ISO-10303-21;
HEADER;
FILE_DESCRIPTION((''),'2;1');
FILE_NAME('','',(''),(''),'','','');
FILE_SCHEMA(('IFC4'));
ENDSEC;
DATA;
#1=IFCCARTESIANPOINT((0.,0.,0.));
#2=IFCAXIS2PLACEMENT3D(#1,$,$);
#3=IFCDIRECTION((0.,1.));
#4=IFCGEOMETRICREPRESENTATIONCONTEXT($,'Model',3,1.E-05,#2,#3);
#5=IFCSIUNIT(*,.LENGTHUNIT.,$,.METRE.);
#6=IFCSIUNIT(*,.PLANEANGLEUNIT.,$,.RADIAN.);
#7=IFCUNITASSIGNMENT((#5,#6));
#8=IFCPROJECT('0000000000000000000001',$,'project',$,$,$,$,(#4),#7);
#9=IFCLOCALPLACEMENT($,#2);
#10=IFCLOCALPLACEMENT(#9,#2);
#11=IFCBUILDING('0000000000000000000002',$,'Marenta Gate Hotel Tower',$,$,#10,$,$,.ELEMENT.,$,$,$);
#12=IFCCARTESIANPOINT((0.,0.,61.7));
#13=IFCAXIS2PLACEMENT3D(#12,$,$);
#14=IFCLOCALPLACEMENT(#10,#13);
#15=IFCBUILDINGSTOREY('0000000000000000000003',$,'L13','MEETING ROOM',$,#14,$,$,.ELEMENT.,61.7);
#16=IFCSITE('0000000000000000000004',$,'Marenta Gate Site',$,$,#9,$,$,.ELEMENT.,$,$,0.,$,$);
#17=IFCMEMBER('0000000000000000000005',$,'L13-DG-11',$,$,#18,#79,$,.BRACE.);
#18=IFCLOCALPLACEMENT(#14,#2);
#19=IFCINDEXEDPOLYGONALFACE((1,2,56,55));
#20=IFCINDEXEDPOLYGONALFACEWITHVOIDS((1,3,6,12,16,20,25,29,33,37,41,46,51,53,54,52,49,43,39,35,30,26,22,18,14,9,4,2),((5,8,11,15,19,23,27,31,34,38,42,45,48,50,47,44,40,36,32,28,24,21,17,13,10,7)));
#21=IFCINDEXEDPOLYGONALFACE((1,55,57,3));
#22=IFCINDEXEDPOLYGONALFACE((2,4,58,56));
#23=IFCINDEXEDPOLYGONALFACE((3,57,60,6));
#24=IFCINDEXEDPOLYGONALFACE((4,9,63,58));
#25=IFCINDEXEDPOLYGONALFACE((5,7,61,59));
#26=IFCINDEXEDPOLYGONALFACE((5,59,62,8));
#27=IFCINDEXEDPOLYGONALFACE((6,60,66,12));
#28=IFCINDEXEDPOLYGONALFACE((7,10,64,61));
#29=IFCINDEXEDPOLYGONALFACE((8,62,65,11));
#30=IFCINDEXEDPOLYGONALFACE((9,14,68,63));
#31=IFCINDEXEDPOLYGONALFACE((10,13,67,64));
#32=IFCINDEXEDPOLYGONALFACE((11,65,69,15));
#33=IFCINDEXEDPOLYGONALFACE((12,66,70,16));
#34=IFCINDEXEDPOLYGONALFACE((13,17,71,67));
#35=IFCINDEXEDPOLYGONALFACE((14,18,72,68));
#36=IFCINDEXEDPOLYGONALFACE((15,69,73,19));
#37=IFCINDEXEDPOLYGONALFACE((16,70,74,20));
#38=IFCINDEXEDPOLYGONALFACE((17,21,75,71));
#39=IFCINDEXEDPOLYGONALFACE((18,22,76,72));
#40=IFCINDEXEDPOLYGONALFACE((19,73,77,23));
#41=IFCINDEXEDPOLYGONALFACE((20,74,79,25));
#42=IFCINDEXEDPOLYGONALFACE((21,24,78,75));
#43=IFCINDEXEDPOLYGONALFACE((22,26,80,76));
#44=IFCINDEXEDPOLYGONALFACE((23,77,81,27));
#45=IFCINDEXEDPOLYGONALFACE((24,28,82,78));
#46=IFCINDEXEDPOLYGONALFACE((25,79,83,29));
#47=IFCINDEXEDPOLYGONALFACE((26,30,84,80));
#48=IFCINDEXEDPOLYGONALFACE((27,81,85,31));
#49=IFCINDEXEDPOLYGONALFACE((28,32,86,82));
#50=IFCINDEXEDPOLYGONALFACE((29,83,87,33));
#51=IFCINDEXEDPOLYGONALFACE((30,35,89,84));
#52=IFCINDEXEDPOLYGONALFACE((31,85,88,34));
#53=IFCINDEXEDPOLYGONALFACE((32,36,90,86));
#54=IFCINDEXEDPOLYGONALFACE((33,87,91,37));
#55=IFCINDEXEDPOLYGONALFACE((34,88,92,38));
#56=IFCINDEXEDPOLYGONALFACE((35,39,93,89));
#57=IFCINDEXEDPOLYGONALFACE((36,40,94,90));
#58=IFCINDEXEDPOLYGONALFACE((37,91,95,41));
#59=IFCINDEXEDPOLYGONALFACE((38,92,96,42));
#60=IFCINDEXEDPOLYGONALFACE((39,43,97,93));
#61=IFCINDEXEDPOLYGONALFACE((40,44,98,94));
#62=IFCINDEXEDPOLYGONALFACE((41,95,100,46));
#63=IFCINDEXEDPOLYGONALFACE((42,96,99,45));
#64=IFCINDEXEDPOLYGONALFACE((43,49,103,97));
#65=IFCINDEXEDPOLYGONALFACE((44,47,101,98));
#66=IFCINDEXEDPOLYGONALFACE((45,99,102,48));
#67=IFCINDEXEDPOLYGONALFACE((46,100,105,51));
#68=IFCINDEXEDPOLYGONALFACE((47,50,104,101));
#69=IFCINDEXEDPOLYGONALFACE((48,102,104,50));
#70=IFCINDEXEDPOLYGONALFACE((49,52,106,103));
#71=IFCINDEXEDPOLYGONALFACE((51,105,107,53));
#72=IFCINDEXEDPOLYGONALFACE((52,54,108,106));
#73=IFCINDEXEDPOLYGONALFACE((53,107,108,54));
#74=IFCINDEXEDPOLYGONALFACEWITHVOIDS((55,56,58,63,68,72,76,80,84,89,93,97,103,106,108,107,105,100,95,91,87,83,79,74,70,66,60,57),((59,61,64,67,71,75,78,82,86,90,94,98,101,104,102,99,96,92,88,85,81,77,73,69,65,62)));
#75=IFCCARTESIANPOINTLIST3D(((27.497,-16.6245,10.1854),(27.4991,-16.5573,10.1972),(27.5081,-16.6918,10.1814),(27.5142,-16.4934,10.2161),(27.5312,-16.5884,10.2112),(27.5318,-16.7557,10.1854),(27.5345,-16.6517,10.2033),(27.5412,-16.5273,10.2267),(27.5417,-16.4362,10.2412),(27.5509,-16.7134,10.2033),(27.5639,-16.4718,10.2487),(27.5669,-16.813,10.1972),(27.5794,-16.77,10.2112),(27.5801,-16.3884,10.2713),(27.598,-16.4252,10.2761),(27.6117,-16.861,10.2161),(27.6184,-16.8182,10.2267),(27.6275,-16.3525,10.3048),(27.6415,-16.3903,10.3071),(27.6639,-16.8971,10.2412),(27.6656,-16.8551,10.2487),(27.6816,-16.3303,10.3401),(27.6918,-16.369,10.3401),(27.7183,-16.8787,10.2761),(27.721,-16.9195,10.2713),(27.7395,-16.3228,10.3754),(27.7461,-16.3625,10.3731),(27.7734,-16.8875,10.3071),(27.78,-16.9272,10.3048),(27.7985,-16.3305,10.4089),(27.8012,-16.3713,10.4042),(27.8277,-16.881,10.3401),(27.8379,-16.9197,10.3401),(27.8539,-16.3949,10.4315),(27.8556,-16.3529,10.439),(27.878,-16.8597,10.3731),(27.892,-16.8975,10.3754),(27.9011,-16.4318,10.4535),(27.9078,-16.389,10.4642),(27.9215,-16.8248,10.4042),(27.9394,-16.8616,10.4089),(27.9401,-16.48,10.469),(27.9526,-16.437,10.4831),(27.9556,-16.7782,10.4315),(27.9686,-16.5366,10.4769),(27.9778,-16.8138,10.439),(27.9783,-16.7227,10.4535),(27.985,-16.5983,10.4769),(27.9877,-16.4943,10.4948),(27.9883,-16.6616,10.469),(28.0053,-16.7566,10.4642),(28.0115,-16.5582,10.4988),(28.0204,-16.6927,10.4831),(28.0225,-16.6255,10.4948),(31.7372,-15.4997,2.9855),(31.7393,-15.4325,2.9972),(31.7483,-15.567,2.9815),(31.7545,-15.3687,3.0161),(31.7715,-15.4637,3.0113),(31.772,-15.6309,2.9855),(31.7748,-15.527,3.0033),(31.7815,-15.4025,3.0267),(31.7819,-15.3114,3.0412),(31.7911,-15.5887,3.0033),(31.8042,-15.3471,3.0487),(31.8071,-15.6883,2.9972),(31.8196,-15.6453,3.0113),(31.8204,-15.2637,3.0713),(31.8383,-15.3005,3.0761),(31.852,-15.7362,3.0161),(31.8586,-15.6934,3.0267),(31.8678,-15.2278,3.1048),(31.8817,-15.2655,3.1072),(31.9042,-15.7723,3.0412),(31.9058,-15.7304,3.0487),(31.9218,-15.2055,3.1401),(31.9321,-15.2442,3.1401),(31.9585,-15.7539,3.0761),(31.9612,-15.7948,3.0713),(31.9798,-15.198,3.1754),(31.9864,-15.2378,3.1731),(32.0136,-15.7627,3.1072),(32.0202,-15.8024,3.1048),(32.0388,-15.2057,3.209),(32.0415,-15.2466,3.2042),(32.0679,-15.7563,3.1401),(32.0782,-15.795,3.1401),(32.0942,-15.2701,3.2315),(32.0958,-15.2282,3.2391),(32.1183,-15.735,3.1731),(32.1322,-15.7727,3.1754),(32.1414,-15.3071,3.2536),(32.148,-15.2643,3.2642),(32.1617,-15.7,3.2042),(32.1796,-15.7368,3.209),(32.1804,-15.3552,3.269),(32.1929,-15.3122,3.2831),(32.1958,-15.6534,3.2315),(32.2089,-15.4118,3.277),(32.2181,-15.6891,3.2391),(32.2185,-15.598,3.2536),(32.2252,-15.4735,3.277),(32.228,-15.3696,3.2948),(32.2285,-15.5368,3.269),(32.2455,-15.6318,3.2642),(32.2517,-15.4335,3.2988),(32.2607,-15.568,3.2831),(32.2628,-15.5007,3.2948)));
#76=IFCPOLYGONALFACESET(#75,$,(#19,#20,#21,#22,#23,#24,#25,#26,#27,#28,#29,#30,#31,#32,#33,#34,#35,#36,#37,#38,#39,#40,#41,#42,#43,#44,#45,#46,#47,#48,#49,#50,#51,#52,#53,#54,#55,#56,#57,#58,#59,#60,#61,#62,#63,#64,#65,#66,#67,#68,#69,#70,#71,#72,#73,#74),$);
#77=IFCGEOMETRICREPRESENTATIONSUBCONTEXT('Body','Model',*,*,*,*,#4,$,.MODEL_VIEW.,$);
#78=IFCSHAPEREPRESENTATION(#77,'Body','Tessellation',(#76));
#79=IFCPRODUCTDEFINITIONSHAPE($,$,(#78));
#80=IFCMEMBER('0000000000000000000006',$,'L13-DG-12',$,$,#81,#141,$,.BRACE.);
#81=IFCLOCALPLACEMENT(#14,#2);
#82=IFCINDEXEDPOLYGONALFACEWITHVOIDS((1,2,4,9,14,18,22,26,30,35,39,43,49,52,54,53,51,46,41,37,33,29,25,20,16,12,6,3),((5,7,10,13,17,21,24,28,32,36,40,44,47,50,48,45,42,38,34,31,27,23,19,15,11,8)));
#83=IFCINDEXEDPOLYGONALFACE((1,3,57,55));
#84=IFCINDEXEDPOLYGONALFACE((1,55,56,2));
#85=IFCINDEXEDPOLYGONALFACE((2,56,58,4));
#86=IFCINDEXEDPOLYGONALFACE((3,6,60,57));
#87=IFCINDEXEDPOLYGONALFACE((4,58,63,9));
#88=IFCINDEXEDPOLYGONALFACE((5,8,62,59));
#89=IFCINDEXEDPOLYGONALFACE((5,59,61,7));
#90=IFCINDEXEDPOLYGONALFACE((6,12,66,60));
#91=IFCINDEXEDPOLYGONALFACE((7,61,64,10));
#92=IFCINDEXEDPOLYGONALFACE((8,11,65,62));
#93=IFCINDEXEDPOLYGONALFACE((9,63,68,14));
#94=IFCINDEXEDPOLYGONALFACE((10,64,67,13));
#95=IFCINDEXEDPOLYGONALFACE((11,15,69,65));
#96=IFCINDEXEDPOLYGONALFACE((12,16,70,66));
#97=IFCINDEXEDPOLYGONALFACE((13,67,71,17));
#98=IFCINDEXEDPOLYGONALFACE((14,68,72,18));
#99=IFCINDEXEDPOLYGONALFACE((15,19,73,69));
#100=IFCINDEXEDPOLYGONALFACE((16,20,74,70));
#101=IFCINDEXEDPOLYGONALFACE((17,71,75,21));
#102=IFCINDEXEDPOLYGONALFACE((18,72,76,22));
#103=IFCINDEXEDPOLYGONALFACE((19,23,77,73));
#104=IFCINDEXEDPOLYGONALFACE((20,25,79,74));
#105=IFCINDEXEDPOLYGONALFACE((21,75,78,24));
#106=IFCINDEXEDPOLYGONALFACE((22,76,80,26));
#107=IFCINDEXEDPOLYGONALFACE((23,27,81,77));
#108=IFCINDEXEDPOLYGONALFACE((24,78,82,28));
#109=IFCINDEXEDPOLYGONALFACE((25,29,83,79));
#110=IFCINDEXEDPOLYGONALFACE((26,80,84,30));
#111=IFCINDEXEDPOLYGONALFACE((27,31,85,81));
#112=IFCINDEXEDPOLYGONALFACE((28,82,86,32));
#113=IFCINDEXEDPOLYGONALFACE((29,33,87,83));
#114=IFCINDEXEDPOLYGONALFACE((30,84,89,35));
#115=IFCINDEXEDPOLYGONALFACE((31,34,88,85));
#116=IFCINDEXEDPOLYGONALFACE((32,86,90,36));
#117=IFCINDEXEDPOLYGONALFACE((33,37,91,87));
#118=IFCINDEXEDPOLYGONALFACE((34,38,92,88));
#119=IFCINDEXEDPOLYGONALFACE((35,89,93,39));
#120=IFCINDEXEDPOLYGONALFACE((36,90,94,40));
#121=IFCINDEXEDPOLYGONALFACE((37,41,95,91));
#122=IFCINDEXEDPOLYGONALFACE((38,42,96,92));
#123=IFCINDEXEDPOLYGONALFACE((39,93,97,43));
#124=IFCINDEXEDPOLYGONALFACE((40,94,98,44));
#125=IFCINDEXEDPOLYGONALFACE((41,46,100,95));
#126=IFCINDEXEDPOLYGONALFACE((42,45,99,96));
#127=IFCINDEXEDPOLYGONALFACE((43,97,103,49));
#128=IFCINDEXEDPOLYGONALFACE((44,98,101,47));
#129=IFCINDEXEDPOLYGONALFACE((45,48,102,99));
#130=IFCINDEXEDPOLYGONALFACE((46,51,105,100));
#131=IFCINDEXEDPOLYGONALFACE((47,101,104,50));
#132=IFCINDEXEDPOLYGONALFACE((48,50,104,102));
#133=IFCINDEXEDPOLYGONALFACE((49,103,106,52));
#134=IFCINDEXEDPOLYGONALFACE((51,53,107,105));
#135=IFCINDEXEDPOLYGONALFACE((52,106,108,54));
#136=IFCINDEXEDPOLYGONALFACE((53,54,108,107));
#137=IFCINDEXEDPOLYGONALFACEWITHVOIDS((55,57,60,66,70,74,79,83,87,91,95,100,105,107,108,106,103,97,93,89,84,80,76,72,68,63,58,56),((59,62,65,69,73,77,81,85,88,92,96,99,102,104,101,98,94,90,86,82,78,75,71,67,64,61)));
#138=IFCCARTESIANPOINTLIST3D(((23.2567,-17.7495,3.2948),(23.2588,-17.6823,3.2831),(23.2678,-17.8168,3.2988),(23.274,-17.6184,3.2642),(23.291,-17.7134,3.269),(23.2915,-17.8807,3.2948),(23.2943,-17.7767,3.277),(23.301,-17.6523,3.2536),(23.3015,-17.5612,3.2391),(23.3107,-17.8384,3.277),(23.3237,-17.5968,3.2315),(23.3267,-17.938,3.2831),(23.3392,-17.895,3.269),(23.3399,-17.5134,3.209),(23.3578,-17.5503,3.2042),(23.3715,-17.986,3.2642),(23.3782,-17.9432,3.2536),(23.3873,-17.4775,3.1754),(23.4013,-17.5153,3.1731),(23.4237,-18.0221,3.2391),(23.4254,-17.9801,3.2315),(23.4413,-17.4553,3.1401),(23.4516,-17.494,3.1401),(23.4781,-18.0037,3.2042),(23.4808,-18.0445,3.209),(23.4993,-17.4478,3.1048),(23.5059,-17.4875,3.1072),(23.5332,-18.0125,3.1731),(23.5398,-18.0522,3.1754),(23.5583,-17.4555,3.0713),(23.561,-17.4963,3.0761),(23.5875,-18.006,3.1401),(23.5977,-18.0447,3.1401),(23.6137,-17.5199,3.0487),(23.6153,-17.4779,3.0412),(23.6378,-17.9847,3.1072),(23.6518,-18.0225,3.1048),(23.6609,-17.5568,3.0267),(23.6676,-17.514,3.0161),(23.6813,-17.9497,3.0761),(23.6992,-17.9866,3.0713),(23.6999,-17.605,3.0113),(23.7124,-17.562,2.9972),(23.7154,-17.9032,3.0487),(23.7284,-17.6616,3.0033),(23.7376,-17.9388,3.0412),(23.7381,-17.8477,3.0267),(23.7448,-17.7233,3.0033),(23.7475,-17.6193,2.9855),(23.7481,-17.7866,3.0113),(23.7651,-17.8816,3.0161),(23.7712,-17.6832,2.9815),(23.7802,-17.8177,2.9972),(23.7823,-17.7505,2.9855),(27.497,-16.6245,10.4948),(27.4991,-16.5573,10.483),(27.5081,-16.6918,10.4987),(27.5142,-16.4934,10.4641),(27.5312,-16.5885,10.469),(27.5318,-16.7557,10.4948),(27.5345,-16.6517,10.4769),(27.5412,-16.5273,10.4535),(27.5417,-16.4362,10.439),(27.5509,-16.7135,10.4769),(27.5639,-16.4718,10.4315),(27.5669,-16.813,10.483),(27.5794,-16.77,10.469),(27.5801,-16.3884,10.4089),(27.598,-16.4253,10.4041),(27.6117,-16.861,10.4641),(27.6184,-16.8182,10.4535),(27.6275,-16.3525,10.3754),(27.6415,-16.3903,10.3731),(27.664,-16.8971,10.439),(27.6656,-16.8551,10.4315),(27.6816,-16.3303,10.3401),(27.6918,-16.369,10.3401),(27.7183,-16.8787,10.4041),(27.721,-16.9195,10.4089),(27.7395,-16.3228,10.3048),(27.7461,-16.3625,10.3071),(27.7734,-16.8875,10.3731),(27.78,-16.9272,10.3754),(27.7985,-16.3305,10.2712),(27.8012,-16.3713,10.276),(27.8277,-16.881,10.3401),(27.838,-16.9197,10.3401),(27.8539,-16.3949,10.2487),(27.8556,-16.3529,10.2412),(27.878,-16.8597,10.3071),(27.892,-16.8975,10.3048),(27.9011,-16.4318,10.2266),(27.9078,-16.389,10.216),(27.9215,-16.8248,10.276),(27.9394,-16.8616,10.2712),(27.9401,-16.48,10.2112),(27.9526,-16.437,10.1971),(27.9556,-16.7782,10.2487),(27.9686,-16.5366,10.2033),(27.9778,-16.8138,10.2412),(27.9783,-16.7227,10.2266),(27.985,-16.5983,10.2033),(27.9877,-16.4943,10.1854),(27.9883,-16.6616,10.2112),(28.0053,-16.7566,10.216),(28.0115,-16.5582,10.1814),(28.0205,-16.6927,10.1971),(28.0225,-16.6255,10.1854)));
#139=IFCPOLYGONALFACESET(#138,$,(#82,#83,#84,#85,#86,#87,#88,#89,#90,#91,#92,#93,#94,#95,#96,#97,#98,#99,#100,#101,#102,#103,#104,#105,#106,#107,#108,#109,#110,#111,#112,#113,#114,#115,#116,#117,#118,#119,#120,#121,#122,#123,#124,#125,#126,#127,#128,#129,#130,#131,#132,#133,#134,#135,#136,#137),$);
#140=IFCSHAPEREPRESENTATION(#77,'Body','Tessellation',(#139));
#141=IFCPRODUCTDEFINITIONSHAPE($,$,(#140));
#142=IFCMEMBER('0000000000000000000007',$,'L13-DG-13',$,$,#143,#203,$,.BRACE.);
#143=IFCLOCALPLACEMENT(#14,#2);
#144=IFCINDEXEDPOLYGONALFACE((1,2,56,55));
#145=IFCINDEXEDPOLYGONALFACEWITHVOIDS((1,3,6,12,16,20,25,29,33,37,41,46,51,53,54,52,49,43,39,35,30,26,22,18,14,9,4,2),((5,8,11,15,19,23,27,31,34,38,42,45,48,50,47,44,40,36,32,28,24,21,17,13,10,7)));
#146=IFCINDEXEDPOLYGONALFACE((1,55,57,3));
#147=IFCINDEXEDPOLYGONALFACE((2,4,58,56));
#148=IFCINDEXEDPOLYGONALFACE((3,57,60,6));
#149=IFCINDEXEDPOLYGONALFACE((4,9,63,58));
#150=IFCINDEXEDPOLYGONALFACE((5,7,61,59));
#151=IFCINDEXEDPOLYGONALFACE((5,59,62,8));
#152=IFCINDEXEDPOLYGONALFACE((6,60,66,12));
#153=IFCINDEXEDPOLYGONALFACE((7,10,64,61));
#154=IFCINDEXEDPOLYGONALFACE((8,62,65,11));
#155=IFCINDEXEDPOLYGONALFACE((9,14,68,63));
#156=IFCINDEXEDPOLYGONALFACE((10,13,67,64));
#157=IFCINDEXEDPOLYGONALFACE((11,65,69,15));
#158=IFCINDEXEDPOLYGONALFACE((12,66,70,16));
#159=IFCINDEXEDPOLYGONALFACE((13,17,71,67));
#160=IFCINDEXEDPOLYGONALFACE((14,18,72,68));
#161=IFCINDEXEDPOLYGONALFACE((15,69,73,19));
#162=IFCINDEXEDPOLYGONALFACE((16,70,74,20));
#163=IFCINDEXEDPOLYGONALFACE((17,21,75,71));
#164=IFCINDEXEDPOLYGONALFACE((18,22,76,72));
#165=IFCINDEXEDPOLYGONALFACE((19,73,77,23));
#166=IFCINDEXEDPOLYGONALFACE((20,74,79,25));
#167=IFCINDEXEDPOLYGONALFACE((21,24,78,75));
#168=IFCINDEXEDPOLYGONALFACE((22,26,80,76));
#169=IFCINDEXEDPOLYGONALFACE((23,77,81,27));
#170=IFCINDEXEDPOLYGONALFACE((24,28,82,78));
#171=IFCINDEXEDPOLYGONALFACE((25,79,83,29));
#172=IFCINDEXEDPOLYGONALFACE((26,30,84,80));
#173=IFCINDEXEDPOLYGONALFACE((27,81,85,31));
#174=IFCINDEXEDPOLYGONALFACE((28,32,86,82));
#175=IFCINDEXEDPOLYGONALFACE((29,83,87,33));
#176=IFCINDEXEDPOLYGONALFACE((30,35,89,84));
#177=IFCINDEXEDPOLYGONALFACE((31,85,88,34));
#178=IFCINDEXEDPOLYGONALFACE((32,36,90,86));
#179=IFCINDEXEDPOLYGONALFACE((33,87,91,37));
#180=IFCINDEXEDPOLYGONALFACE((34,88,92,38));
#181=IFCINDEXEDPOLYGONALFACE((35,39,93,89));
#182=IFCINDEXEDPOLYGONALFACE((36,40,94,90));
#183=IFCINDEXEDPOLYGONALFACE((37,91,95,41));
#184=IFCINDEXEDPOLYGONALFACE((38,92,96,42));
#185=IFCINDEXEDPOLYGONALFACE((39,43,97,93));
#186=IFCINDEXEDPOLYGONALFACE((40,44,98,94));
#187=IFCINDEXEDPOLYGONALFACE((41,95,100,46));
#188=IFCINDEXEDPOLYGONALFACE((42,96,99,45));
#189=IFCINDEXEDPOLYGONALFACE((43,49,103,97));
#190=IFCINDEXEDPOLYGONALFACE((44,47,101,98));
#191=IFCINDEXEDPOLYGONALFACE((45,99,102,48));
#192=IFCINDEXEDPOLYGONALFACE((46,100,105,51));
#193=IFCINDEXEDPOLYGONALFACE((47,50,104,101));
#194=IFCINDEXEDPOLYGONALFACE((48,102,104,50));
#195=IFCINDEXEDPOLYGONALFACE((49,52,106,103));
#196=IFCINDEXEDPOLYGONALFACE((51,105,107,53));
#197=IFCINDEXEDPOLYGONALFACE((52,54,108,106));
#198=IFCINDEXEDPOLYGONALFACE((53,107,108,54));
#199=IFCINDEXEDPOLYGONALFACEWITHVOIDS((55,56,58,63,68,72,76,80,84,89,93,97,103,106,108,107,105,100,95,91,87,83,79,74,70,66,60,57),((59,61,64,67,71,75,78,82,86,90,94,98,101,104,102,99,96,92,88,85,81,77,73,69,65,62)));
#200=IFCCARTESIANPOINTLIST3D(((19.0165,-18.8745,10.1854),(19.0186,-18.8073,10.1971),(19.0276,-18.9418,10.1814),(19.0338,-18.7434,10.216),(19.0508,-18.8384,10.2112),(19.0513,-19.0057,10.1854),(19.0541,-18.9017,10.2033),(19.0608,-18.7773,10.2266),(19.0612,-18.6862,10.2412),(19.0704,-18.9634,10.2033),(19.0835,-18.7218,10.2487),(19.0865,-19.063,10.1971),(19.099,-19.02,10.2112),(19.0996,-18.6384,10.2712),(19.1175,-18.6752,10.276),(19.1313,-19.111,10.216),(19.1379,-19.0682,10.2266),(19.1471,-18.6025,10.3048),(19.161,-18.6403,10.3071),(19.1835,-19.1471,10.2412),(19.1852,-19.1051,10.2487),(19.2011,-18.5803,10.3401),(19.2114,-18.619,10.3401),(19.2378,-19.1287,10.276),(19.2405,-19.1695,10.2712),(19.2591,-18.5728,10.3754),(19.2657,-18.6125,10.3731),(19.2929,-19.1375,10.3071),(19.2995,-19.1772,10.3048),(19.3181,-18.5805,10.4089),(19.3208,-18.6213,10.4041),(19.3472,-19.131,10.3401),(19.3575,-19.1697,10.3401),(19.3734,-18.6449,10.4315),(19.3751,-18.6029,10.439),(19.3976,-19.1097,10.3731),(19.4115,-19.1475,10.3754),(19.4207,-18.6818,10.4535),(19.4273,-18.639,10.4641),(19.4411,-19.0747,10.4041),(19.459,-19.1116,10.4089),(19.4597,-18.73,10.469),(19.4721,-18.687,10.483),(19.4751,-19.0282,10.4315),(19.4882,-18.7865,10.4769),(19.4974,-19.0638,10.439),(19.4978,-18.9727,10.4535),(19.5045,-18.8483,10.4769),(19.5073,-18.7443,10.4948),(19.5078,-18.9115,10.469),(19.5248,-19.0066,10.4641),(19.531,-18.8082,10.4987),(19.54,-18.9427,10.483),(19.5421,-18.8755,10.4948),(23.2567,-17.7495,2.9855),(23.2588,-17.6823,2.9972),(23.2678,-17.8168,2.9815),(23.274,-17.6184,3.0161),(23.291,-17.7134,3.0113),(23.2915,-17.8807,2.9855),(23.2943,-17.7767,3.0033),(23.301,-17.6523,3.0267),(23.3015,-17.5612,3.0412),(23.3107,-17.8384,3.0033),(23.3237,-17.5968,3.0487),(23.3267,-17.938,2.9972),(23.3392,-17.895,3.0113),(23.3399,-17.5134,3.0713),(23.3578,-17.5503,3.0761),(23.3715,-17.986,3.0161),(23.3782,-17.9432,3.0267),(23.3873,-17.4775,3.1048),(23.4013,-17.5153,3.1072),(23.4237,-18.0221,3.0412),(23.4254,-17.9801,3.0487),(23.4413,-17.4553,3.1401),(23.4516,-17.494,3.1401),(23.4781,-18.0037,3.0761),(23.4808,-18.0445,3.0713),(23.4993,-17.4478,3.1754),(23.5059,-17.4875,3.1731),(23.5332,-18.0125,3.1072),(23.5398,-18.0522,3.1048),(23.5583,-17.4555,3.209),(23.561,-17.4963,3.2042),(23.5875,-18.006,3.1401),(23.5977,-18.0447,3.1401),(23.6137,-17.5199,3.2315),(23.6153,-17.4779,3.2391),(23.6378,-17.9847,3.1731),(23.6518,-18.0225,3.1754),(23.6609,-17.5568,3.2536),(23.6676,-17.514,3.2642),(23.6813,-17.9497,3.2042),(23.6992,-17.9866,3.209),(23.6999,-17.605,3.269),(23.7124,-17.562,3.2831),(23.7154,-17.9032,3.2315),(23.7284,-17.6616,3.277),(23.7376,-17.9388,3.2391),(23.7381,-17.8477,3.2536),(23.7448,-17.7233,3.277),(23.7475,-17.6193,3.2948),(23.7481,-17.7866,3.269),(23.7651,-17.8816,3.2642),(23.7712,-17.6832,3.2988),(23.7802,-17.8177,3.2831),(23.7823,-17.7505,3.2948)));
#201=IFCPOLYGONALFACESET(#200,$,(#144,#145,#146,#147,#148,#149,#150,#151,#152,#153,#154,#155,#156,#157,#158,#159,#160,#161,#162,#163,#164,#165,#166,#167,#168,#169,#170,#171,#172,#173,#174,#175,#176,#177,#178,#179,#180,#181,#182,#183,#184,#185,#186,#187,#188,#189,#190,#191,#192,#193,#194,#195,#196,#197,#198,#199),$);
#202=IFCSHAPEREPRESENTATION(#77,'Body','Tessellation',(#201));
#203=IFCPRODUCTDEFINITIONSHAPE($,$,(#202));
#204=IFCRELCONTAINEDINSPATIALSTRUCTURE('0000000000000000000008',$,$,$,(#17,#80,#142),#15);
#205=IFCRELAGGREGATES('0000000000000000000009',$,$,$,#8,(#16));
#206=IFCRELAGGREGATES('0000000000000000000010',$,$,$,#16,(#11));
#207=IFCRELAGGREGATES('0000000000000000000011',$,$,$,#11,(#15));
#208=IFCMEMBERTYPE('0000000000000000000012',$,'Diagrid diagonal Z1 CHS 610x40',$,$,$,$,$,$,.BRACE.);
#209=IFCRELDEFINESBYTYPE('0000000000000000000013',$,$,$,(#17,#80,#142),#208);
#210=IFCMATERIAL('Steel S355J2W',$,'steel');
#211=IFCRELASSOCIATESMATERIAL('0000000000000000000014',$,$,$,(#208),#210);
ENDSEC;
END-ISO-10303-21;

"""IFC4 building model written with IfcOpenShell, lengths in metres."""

from ifc_helpers import new_model, si_unit, direction, frame, origin, origin_2d, place, context, subcontext, project, spatial, hollow_circle, extrude, material, material_profile, profile_set, type_object, element, save


model = new_model("IFC4")

# Units and contexts
model_context = context("Model", 3, precision=1e-05, world=origin(), true_north=direction((0.0, 1.0)))
body_context = subcontext(model_context, "Body", "Model", "MODEL_VIEW")
ifc_project = project(units=[si_unit("LENGTHUNIT", "METRE"), si_unit("PLANEANGLEUNIT", "RADIAN")], contexts=[model_context])

# Site, building, storey
site_placement = place(None, origin())
site = spatial("IfcSite", under=ifc_project, at=site_placement, Name="Marenta Gate Site", CompositionType="ELEMENT", RefElevation=0.0)
building_placement = place(site_placement, origin())
building = spatial("IfcBuilding", under=site, at=building_placement, Name="Marenta Gate Hotel Tower", CompositionType="ELEMENT")
storey_placement = place(building_placement, frame((0.0, 0.0, 61.7)))
storey = spatial("IfcBuildingStorey", under=building, at=storey_placement, Name="L13", Description="MEETING ROOM", CompositionType="ELEMENT", Elevation=61.7)

# Members
ifc_material_1 = material(Name="Steel S355J2W", Category="steel")
ifc_material_profile_1 = material_profile(ifc_material_1, hollow_circle(Radius=0.3049, WallThickness=0.04, at=origin_2d()), Name="CHS 610x40")
ifc_profile_set_1 = profile_set([ifc_material_profile_1], Name="Steel S355J2W")
member_type_1 = type_object("IfcMemberType", Name="Diagrid diagonal Z1 CHS 610x40", PredefinedType="BRACE", material=ifc_profile_set_1)
for number, where, z_axis, x_axis, name in (
    (1, (32.0, -15.5002, 3.1401), (-0.502926, -0.133405, 0.853972), (0.256391, -0.966573, 0.0), "L13-DG-11"),
    (2, (23.5195, -17.75, 3.1401), (0.502924, 0.133434, 0.853969), (-0.256443, 0.966559, 0.0), "L13-DG-12"),
    (3, (23.5195, -17.75, 3.1401), (-0.502924, -0.133434, 0.853969), (0.256443, -0.966559, 0.0), "L13-DG-13"),
):
    element("IfcMember", number, at=place(storey_placement, frame(where, z_axis=z_axis, x_axis=x_axis)), inside=storey, type_object=member_type_1, Name=name, PredefinedType="BRACE", context=body_context, shape_type="SweptSolid", body=[
        extrude(hollow_circle(Radius=0.3049, WallThickness=0.04, at=origin_2d()), origin(), (0.0, 0.0, 1.0), 8.4312),
    ])

save(model, "model.ifc")
